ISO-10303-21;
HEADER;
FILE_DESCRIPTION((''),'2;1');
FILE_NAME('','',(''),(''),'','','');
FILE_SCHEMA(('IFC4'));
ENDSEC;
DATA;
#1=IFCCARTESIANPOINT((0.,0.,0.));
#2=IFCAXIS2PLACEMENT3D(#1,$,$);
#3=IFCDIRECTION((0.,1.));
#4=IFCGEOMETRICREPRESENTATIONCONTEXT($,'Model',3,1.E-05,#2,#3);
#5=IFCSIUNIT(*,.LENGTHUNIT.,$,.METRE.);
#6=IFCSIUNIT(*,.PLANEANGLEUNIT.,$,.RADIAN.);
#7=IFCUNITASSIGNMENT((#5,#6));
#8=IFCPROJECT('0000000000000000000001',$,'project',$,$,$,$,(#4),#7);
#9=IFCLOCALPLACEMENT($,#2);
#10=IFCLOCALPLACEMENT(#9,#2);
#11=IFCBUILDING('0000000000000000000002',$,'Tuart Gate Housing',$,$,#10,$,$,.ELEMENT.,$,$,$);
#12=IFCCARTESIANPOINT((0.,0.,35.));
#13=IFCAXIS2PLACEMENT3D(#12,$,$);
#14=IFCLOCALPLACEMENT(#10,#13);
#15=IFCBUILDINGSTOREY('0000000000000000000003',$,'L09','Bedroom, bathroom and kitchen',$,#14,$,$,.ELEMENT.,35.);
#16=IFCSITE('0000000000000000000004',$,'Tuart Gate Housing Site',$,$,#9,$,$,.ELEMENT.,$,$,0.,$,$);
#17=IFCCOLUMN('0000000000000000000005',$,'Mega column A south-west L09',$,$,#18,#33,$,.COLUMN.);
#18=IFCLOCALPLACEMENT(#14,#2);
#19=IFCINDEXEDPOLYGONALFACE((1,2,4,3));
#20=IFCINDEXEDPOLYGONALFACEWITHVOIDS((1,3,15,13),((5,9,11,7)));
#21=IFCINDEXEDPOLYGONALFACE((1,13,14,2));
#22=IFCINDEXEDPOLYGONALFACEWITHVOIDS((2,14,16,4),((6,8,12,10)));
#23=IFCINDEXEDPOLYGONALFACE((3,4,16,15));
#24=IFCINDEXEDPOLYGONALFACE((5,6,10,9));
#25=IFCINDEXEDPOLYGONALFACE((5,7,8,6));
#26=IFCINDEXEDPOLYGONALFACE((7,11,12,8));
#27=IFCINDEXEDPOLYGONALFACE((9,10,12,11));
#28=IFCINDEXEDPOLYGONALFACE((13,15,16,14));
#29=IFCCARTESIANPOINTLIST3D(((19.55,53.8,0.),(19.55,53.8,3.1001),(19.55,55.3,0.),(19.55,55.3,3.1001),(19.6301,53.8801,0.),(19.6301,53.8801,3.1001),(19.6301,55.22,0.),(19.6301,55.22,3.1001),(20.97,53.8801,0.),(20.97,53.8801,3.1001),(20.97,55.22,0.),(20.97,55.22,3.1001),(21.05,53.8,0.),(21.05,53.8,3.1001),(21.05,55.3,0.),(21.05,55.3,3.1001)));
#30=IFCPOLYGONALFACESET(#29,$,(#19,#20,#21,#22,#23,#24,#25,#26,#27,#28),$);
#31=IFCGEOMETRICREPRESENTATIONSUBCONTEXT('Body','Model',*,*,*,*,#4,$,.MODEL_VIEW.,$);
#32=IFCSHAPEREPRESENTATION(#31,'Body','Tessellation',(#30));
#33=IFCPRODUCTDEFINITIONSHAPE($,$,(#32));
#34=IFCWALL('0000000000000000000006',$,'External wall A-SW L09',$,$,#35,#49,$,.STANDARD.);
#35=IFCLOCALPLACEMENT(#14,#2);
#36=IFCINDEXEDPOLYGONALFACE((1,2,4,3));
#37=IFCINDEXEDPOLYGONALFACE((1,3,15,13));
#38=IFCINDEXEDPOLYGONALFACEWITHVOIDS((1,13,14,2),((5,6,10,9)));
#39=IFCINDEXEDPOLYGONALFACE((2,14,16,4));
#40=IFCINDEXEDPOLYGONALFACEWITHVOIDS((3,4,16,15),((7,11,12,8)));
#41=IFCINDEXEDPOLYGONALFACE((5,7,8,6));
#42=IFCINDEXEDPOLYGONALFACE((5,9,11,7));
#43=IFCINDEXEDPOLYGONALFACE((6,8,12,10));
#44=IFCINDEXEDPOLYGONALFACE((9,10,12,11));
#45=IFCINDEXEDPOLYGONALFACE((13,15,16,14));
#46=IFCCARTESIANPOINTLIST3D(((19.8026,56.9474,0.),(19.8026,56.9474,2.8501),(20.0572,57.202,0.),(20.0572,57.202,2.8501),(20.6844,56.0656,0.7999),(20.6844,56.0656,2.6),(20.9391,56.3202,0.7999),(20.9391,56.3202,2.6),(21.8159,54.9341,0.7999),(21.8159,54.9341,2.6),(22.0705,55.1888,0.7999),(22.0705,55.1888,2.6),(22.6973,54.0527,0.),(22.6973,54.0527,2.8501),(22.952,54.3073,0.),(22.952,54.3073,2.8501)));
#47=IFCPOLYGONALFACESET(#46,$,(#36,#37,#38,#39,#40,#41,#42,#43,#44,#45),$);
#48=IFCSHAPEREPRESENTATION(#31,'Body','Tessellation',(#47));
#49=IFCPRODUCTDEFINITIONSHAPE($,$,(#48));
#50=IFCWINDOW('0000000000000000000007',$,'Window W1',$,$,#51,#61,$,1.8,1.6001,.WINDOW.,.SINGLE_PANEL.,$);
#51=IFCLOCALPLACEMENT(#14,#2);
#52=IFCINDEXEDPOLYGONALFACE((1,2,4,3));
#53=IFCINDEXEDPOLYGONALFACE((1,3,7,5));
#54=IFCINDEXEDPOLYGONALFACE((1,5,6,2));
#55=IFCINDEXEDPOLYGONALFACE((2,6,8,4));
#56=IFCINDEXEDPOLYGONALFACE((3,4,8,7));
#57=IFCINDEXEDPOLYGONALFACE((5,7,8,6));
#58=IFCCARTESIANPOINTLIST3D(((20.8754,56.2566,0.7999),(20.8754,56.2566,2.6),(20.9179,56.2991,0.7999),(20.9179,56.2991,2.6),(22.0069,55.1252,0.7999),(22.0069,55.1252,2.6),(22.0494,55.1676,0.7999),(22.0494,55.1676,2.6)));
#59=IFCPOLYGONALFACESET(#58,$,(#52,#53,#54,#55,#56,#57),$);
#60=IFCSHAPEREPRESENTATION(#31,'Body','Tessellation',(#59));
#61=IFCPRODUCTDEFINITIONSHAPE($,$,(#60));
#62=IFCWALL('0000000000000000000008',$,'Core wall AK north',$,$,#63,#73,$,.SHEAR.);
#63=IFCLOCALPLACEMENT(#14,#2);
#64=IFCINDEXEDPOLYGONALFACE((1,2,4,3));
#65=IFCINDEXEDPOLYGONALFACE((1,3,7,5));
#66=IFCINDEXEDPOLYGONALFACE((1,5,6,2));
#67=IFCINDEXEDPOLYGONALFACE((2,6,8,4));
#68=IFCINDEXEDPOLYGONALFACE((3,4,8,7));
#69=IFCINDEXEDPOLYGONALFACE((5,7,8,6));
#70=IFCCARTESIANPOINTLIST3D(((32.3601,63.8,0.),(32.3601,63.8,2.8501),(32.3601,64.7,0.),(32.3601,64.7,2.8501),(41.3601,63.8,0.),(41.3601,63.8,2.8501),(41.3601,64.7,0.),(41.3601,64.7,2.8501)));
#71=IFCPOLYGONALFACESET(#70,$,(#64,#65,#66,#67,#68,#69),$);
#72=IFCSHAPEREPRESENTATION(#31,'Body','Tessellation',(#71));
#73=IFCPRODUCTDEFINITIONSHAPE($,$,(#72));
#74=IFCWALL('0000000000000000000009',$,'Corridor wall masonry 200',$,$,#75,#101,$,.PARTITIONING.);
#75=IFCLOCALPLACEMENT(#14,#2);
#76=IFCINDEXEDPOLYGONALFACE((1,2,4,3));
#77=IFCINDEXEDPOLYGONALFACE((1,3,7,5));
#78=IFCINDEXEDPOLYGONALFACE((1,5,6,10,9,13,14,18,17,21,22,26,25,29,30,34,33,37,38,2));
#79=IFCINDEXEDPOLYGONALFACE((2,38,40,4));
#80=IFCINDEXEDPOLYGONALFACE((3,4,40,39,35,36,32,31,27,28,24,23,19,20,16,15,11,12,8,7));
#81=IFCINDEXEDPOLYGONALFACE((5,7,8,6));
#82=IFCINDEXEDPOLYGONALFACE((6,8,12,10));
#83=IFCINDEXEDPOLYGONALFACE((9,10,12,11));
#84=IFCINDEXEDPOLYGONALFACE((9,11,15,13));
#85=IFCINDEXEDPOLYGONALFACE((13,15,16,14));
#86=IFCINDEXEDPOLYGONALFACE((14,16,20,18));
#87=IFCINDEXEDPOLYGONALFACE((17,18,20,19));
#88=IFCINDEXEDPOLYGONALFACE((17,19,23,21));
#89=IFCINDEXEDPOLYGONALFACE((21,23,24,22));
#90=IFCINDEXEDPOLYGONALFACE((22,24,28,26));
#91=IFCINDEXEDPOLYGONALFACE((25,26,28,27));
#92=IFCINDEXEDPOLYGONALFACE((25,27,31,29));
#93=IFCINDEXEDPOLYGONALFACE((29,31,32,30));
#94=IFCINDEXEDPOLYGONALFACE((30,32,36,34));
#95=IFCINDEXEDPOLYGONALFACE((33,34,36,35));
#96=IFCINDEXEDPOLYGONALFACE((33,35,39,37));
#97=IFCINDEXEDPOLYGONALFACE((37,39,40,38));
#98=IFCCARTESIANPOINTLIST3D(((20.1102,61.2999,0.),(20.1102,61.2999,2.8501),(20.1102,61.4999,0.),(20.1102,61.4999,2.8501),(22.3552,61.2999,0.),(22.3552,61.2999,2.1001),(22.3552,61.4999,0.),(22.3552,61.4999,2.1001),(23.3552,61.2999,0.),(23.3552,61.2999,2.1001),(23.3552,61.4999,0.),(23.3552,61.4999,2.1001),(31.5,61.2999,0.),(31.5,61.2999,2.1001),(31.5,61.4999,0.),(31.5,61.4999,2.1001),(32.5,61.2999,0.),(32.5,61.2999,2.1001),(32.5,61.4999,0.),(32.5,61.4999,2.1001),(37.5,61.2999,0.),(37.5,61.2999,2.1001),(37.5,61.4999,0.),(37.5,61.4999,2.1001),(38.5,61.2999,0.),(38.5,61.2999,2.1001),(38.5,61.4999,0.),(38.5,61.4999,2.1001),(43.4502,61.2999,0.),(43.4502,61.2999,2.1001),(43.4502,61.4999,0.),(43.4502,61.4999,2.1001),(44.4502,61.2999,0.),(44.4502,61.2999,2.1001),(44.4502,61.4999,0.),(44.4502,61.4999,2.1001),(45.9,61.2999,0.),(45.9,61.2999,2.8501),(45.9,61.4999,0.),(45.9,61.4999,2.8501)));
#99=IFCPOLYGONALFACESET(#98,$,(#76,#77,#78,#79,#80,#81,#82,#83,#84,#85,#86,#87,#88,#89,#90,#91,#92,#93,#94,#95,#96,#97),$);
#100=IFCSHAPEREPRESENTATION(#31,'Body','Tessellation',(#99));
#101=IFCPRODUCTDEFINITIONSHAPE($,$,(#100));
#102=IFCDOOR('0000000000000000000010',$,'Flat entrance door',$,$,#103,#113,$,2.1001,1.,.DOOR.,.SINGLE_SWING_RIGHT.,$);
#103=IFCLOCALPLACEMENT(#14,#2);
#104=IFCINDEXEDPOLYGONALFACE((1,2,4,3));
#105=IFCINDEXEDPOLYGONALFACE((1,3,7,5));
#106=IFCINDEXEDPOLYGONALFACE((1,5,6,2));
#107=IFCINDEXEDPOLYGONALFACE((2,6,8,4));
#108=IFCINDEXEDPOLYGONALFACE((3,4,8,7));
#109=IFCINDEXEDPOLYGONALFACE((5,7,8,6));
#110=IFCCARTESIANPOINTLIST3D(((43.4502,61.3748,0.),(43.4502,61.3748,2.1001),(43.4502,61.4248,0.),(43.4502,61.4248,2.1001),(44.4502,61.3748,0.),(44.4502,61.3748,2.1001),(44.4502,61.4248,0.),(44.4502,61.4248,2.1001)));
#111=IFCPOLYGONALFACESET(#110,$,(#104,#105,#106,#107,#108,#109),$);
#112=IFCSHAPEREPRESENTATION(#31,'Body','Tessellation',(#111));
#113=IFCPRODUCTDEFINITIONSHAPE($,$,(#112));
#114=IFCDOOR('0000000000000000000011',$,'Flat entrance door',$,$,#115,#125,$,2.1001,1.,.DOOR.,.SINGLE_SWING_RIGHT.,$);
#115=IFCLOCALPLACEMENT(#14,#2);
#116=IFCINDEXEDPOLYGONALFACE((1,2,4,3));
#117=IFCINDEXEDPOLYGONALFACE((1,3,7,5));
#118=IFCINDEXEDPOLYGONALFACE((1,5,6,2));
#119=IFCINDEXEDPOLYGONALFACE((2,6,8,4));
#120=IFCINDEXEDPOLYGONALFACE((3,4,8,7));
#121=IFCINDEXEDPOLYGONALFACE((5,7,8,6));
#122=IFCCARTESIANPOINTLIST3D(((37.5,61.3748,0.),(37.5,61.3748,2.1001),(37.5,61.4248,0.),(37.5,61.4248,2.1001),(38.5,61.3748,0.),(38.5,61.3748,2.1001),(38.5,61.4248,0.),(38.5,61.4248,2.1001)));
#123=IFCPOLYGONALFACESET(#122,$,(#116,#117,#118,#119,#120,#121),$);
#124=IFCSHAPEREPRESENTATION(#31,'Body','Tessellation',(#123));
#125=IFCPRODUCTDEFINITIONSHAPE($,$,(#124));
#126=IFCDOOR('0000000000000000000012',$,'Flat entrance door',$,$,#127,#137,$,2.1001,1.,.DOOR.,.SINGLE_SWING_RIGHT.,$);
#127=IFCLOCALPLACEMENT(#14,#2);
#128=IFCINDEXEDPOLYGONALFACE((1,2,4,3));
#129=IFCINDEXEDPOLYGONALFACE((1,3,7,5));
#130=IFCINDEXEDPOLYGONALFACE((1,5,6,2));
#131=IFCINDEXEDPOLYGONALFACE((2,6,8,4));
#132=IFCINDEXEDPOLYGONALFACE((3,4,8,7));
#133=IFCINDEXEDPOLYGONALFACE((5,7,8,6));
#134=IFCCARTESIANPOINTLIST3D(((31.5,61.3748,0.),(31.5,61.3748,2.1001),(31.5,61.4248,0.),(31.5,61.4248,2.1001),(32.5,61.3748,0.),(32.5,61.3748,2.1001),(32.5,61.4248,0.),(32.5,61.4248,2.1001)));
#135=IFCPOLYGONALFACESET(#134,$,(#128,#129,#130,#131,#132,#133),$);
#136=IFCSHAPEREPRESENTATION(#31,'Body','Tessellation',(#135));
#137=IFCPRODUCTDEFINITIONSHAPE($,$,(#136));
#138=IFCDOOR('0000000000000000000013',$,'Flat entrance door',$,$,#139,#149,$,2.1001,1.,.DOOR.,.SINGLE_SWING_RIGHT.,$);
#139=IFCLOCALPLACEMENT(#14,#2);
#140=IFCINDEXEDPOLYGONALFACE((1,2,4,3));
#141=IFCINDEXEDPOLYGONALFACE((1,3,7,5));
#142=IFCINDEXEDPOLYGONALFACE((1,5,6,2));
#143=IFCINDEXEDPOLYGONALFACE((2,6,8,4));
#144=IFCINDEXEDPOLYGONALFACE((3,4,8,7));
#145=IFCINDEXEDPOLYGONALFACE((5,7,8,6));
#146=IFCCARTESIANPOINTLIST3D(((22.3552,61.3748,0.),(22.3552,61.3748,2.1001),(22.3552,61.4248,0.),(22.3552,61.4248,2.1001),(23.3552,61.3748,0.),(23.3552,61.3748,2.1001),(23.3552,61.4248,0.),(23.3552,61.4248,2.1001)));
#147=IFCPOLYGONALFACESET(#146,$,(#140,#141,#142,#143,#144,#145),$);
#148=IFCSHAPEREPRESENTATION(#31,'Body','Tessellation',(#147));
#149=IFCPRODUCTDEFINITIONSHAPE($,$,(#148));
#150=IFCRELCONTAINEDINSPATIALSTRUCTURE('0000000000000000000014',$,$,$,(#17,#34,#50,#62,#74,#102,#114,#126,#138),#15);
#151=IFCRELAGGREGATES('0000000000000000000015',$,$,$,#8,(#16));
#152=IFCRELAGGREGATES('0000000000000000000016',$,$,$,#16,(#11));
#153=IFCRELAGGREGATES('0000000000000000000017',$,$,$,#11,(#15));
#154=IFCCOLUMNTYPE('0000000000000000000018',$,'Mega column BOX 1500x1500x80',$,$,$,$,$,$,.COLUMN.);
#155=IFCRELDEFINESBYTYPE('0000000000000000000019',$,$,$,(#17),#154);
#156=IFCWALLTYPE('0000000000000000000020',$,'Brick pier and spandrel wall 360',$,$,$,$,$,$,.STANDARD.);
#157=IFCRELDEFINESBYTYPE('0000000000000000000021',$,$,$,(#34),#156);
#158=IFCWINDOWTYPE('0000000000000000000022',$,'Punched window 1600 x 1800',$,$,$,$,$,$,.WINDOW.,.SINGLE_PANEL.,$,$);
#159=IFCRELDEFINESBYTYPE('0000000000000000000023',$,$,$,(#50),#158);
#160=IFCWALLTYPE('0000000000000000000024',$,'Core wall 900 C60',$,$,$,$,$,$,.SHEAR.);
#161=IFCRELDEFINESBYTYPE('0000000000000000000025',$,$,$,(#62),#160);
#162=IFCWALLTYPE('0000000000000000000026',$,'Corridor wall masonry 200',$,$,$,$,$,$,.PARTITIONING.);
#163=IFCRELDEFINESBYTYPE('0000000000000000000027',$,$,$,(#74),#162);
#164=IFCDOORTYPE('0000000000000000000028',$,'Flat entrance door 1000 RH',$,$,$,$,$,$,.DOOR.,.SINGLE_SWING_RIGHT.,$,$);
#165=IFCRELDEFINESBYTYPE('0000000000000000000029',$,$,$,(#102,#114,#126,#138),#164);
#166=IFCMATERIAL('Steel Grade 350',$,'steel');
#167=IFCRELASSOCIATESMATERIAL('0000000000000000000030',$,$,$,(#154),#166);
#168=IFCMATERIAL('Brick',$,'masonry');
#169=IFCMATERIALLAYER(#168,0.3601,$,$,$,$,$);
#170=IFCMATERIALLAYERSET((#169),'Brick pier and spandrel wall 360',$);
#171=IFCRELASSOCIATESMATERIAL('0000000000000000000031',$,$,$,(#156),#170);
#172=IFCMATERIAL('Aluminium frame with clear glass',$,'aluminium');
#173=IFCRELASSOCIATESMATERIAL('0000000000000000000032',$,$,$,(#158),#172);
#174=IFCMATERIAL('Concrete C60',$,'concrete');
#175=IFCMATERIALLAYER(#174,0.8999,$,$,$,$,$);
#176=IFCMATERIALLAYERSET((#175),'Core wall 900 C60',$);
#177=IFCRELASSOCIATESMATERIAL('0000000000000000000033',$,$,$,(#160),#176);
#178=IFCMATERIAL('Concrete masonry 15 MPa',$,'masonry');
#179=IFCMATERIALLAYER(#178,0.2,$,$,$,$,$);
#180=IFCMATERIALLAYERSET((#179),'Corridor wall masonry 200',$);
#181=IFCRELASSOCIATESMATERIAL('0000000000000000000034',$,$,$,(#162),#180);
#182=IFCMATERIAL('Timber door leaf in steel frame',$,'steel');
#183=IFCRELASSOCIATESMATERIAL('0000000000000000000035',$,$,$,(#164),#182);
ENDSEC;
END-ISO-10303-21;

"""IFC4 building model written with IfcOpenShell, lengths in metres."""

from ifc_helpers import new_model, si_unit, direction, frame, frame_2d, origin, origin_2d, place, context, subcontext, project, spatial, rectangle, hollow_rectangle, extrude, material, layer, layer_set, material_profile, profile_set, type_object, element, fill, save


model = new_model("IFC4")

# Units and contexts
model_context = context("Model", 3, precision=1e-05, world=origin(), true_north=direction((0.0, 1.0)))
body_context = subcontext(model_context, "Body", "Model", "MODEL_VIEW")
ifc_project = project(units=[si_unit("LENGTHUNIT", "METRE"), si_unit("PLANEANGLEUNIT", "RADIAN")], contexts=[model_context])

# Site, building, storey
site_placement = place(None, origin())
site = spatial("IfcSite", under=ifc_project, at=site_placement, Name="Tuart Gate Housing Site", CompositionType="ELEMENT", RefElevation=0.0)
building_placement = place(site_placement, origin())
building = spatial("IfcBuilding", under=site, at=building_placement, Name="Tuart Gate Housing", CompositionType="ELEMENT")
storey_placement = place(building_placement, frame((0.0, 0.0, 35.0)))
storey = spatial("IfcBuildingStorey", under=building, at=storey_placement, Name="L09", Description="Bedroom, bathroom and kitchen", CompositionType="ELEMENT", Elevation=35.0)

# Column
ifc_material_1 = material(Name="Steel Grade 350", Category="steel")
ifc_material_profile = material_profile(ifc_material_1, hollow_rectangle(XDim=1.5, YDim=1.5, WallThickness=0.0801, at=origin_2d()), Name="BOX 1500x1500x80")
ifc_profile_set = profile_set([ifc_material_profile], Name="Steel Grade 350")
column_type = type_object("IfcColumnType", Name="Mega column BOX 1500x1500x80", PredefinedType="COLUMN", material=ifc_profile_set)
column_placement = place(storey_placement, frame((20.3, 54.55, 0.0), z_axis=(0.0, 0.0, 1.0), x_axis=(1.0, 0.0, 0.0)))
element("IfcColumn", 1, at=column_placement, inside=storey, type_object=column_type, Name="Mega column A south-west L09", PredefinedType="COLUMN", context=body_context, shape_type="SweptSolid", body=[
    extrude(hollow_rectangle(XDim=1.5, YDim=1.5, WallThickness=0.0801, at=origin_2d()), origin(), (0.0, 0.0, 1.0), 3.1001),
])

# Wall, opening, window
ifc_material_2 = material(Name="Brick", Category="masonry")
ifc_layer_1 = layer(ifc_material_2, 0.3601)
ifc_layer_set_1 = layer_set([ifc_layer_1], Name="Brick pier and spandrel wall 360")
wall_type_1 = type_object("IfcWallType", Name="Brick pier and spandrel wall 360", PredefinedType="STANDARD", material=ifc_layer_set_1)
wall_1_placement = place(storey_placement, frame((19.9299, 57.0747, 0.0), z_axis=(0.0, 0.0, 1.0), x_axis=(0.707107, -0.707107, 0.0)))
wall_1 = element("IfcWall", 2, at=wall_1_placement, inside=storey, type_object=wall_type_1, Name="External wall A-SW L09", PredefinedType="STANDARD", context=body_context, shape_type="SweptSolid", body=[
    extrude(rectangle(XDim=4.0938, YDim=0.3601, at=frame_2d((2.0469, 0.0))), origin(), (0.0, 0.0, 1.0), 2.8501),
])
opening_1_placement = place(wall_1_placement, frame((1.2471, 0.0, 0.8)))
opening_1 = element("IfcOpeningElement", 3, at=opening_1_placement, cuts=wall_1, PredefinedType="OPENING", context=body_context, shape_type="SweptSolid", body=[
    extrude(rectangle(XDim=1.6001, YDim=1.8, at=frame_2d((0.8, 0.8999))), frame((0.0, 0.1899, 0.0), z_axis=(0.0, -1.0, 0.0), x_axis=(1.0, 0.0, 0.0)), (0.0, 0.0, 1.0), 0.3801),
])
ifc_material_3 = material(Name="Aluminium frame with clear glass", Category="aluminium")
window_type = type_object("IfcWindowType", Name="Punched window 1600 x 1800", PartitioningType="SINGLE_PANEL", PredefinedType="WINDOW", material=ifc_material_3)
window_placement = place(opening_1_placement, origin())
window = element("IfcWindow", 4, at=window_placement, inside=storey, type_object=window_type, Name="Window W1", OverallHeight=1.8, OverallWidth=1.6001, PartitioningType="SINGLE_PANEL", PredefinedType="WINDOW", context=body_context, shape_type="SweptSolid", body=[
    extrude(rectangle(XDim=1.6001, YDim=1.8, at=frame_2d((0.8, 0.8999))), frame((0.0, 0.1501, 0.0), z_axis=(0.0, -1.0, 0.0), x_axis=(1.0, 0.0, 0.0)), (0.0, 0.0, 1.0), 0.0601),
])
fill(opening_1, window)

# Wall
ifc_material_4 = material(Name="Concrete C60", Category="concrete")
ifc_layer_2 = layer(ifc_material_4, 0.8999)
ifc_layer_set_2 = layer_set([ifc_layer_2], Name="Core wall 900 C60")
wall_type_2 = type_object("IfcWallType", Name="Core wall 900 C60", PredefinedType="SHEAR", material=ifc_layer_set_2)
wall_2_placement = place(storey_placement, frame((41.3601, 64.25, 0.0), z_axis=(0.0, 0.0, 1.0), x_axis=(-1.0, 0.0, 0.0)))
element("IfcWall", 5, at=wall_2_placement, inside=storey, type_object=wall_type_2, Name="Core wall AK north", PredefinedType="SHEAR", context=body_context, shape_type="SweptSolid", body=[
    extrude(rectangle(XDim=9.0, YDim=0.8999, at=frame_2d((4.5, 0.0))), origin(), (0.0, 0.0, 1.0), 2.8501),
])

# Wall, openings, doors
ifc_material_5 = material(Name="Concrete masonry 15 MPa", Category="masonry")
ifc_layer_3 = layer(ifc_material_5, 0.2)
ifc_layer_set_3 = layer_set([ifc_layer_3], Name="Corridor wall masonry 200")
wall_type_3 = type_object("IfcWallType", Name="Corridor wall masonry 200", PredefinedType="PARTITIONING", material=ifc_layer_set_3)
wall_3_placement = place(storey_placement, frame((20.1101, 61.3999, 0.0), z_axis=(0.0, 0.0, 1.0), x_axis=(1.0, 0.0, 0.0)))
wall_3 = element("IfcWall", 6, at=wall_3_placement, inside=storey, type_object=wall_type_3, Name="Corridor wall masonry 200", PredefinedType="PARTITIONING", context=body_context, shape_type="SweptSolid", body=[
    extrude(rectangle(XDim=25.7898, YDim=0.2, at=frame_2d((12.895, 0.0))), origin(), (0.0, 0.0, 1.0), 2.8501),
])
opening_2_placement = place(wall_3_placement, frame((23.3401, 0.0, 0.0)))
opening_2 = element("IfcOpeningElement", 7, at=opening_2_placement, cuts=wall_3, PredefinedType="OPENING", context=body_context, shape_type="SweptSolid", body=[
    extrude(rectangle(XDim=1.0, YDim=2.1001, at=frame_2d((0.5, 1.05))), frame((0.0, 0.1099, 0.0), z_axis=(0.0, -1.0, 0.0), x_axis=(1.0, 0.0, 0.0)), (0.0, 0.0, 1.0), 0.22),
])
opening_3_placement = place(wall_3_placement, frame((17.3899, 0.0, 0.0)))
opening_3 = element("IfcOpeningElement", 8, at=opening_3_placement, cuts=wall_3, PredefinedType="OPENING", context=body_context, shape_type="SweptSolid", body=[
    extrude(rectangle(XDim=1.0, YDim=2.1001, at=frame_2d((0.5, 1.05))), frame((0.0, 0.1099, 0.0), z_axis=(0.0, -1.0, 0.0), x_axis=(1.0, 0.0, 0.0)), (0.0, 0.0, 1.0), 0.22),
])
opening_4_placement = place(wall_3_placement, frame((11.3899, 0.0, 0.0)))
opening_4 = element("IfcOpeningElement", 9, at=opening_4_placement, cuts=wall_3, PredefinedType="OPENING", context=body_context, shape_type="SweptSolid", body=[
    extrude(rectangle(XDim=1.0, YDim=2.1001, at=frame_2d((0.5, 1.05))), frame((0.0, 0.1099, 0.0), z_axis=(0.0, -1.0, 0.0), x_axis=(1.0, 0.0, 0.0)), (0.0, 0.0, 1.0), 0.22),
])
opening_5_placement = place(wall_3_placement, frame((2.2451, 0.0, 0.0)))
opening_5 = element("IfcOpeningElement", 10, at=opening_5_placement, cuts=wall_3, PredefinedType="OPENING", context=body_context, shape_type="SweptSolid", body=[
    extrude(rectangle(XDim=1.0, YDim=2.1001, at=frame_2d((0.5, 1.05))), frame((0.0, 0.1099, 0.0), z_axis=(0.0, -1.0, 0.0), x_axis=(1.0, 0.0, 0.0)), (0.0, 0.0, 1.0), 0.22),
])
ifc_material_6 = material(Name="Timber door leaf in steel frame", Category="steel")
door_type_1 = type_object("IfcDoorType", Name="Flat entrance door 1000 RH", OperationType="SINGLE_SWING_RIGHT", PredefinedType="DOOR", material=ifc_material_6)
door_1_placement = place(opening_2_placement, frame((1.0, 0.0, 0.0), z_axis=(0.0, 0.0, 1.0), x_axis=(-1.0, 0.0, 0.0)))
door_1 = element("IfcDoor", 11, at=door_1_placement, inside=storey, type_object=door_type_1, Name="Flat entrance door", OperationType="SINGLE_SWING_RIGHT", OverallHeight=2.1001, OverallWidth=1.0, PredefinedType="DOOR", context=body_context, shape_type="SweptSolid", body=[
    extrude(rectangle(XDim=1.0, YDim=2.1001, at=frame_2d((0.5, 1.05))), frame((0.0, 0.0251, 0.0), z_axis=(0.0, -1.0, 0.0), x_axis=(1.0, 0.0, 0.0)), (0.0, 0.0, 1.0), 0.05),
])
fill(opening_2, door_1)
door_2_placement = place(opening_3_placement, frame((1.0, 0.0, 0.0), z_axis=(0.0, 0.0, 1.0), x_axis=(-1.0, 0.0, 0.0)))
door_2 = element("IfcDoor", 12, at=door_2_placement, inside=storey, type_object=door_type_1, Name="Flat entrance door", OperationType="SINGLE_SWING_RIGHT", OverallHeight=2.1001, OverallWidth=1.0, PredefinedType="DOOR", context=body_context, shape_type="SweptSolid", body=[
    extrude(rectangle(XDim=1.0, YDim=2.1001, at=frame_2d((0.5, 1.05))), frame((0.0, 0.0251, 0.0), z_axis=(0.0, -1.0, 0.0), x_axis=(1.0, 0.0, 0.0)), (0.0, 0.0, 1.0), 0.05),
])
fill(opening_3, door_2)
door_3_placement = place(opening_4_placement, frame((1.0, 0.0, 0.0), z_axis=(0.0, 0.0, 1.0), x_axis=(-1.0, 0.0, 0.0)))
door_3 = element("IfcDoor", 13, at=door_3_placement, inside=storey, type_object=door_type_1, Name="Flat entrance door", OperationType="SINGLE_SWING_RIGHT", OverallHeight=2.1001, OverallWidth=1.0, PredefinedType="DOOR", context=body_context, shape_type="SweptSolid", body=[
    extrude(rectangle(XDim=1.0, YDim=2.1001, at=frame_2d((0.5, 1.05))), frame((0.0, 0.0251, 0.0), z_axis=(0.0, -1.0, 0.0), x_axis=(1.0, 0.0, 0.0)), (0.0, 0.0, 1.0), 0.05),
])
fill(opening_4, door_3)
door_4_placement = place(opening_5_placement, frame((1.0, 0.0, 0.0), z_axis=(0.0, 0.0, 1.0), x_axis=(-1.0, 0.0, 0.0)))
door_4 = element("IfcDoor", 14, at=door_4_placement, inside=storey, type_object=door_type_1, Name="Flat entrance door", OperationType="SINGLE_SWING_RIGHT", OverallHeight=2.1001, OverallWidth=1.0, PredefinedType="DOOR", context=body_context, shape_type="SweptSolid", body=[
    extrude(rectangle(XDim=1.0, YDim=2.1001, at=frame_2d((0.5, 1.05))), frame((0.0, 0.0251, 0.0), z_axis=(0.0, -1.0, 0.0), x_axis=(1.0, 0.0, 0.0)), (0.0, 0.0, 1.0), 0.05),
])
fill(opening_5, door_4)

save(model, "model.ifc")
